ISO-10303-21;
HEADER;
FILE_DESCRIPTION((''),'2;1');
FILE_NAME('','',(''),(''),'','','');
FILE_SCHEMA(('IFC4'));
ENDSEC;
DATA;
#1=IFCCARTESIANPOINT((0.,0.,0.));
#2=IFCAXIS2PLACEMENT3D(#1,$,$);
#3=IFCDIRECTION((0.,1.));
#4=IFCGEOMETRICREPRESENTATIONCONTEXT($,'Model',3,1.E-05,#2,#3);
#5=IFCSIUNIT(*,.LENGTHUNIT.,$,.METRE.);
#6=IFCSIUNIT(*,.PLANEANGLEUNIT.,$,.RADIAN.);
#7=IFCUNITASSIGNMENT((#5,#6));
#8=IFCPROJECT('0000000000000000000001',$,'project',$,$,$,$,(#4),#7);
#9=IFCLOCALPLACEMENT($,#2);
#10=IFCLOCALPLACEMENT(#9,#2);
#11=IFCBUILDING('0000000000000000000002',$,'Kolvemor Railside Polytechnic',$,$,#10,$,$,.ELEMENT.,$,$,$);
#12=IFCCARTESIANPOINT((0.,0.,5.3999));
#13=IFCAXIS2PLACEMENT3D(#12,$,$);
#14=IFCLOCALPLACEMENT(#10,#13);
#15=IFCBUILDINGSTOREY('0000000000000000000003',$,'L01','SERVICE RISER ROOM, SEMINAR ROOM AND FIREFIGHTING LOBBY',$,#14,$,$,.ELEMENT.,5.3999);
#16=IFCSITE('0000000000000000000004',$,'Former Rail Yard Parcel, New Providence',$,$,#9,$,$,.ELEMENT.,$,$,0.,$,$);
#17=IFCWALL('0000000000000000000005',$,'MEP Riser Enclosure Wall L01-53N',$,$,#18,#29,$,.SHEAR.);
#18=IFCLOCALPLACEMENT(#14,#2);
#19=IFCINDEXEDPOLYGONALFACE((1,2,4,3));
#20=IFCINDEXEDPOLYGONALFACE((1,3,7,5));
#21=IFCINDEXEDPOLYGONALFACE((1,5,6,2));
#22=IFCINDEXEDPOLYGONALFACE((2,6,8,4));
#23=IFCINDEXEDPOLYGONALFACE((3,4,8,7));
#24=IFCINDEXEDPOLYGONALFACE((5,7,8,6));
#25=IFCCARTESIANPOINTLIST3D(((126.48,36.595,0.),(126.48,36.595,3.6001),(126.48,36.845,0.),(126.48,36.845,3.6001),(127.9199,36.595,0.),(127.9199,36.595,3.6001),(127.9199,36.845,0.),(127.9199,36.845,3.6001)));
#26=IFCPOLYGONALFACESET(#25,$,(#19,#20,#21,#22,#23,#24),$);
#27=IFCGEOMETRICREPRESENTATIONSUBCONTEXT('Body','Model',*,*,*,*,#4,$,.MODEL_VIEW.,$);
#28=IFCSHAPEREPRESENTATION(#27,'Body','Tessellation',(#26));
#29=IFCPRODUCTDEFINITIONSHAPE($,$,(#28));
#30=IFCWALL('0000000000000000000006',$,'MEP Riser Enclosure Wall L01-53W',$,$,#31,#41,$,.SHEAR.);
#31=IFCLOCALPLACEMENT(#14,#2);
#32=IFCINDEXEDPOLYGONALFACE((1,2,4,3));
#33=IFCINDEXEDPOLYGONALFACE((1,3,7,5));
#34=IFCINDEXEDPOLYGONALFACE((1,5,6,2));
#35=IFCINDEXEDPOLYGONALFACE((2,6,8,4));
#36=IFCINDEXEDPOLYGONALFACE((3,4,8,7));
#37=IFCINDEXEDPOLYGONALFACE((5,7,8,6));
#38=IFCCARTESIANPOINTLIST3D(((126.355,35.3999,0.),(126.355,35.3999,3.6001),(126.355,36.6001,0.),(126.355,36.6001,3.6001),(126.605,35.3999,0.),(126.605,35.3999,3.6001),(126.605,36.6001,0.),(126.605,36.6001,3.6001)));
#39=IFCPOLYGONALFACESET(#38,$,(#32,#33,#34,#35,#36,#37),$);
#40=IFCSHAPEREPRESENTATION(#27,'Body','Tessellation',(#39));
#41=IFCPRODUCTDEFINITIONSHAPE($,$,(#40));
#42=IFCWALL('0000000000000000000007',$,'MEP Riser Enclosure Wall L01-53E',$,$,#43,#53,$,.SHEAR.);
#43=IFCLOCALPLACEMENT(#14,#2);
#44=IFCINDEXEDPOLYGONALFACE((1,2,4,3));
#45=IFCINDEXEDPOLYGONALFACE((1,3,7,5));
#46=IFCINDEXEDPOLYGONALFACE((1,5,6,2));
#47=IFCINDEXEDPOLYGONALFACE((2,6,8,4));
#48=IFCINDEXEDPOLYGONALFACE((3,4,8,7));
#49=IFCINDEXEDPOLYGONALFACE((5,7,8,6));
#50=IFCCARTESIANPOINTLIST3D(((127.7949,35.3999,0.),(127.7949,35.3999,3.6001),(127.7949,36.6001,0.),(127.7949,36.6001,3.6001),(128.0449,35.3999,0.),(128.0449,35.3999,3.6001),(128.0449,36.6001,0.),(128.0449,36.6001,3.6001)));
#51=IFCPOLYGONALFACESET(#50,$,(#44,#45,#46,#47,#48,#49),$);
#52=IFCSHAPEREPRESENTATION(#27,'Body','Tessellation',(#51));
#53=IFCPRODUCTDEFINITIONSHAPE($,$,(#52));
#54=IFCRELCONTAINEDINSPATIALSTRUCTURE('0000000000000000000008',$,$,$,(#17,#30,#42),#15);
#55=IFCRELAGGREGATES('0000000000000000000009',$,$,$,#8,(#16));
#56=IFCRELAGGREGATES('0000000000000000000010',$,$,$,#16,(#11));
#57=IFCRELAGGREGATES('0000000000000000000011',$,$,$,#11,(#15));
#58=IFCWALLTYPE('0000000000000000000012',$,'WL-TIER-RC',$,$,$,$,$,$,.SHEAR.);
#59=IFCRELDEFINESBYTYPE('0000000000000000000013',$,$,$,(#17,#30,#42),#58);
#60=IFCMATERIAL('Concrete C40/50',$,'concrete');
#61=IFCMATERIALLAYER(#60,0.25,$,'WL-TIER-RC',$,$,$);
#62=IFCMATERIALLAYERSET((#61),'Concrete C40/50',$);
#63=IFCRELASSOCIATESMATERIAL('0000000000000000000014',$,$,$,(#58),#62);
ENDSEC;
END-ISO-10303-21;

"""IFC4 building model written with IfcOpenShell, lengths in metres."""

from ifc_helpers import new_model, si_unit, direction, frame, frame_2d, origin, place, context, subcontext, project, spatial, rectangle, extrude, material, layer, layer_set, type_object, element, save


model = new_model("IFC4")

# Units and contexts
model_context = context("Model", 3, precision=1e-05, world=origin(), true_north=direction((0.0, 1.0)))
body_context = subcontext(model_context, "Body", "Model", "MODEL_VIEW")
ifc_project = project(units=[si_unit("LENGTHUNIT", "METRE"), si_unit("PLANEANGLEUNIT", "RADIAN")], contexts=[model_context])

# Site, building, storey
site_placement = place(None, origin())
site = spatial("IfcSite", under=ifc_project, at=site_placement, Name="Former Rail Yard Parcel, New Providence", CompositionType="ELEMENT", RefElevation=0.0)
building_placement = place(site_placement, origin())
building = spatial("IfcBuilding", under=site, at=building_placement, Name="Kolvemor Railside Polytechnic", CompositionType="ELEMENT")
storey_placement = place(building_placement, frame((0.0, 0.0, 5.3999)))
storey = spatial("IfcBuildingStorey", under=building, at=storey_placement, Name="L01", Description="SERVICE RISER ROOM, SEMINAR ROOM AND FIREFIGHTING LOBBY", CompositionType="ELEMENT", Elevation=5.3999)

# Walls
ifc_material_1 = material(Name="Concrete C40/50", Category="concrete")
ifc_layer_1 = layer(ifc_material_1, 0.25, Name="WL-TIER-RC")
ifc_layer_set_1 = layer_set([ifc_layer_1], Name="Concrete C40/50")
wall_type_1 = type_object("IfcWallType", Name="WL-TIER-RC", PredefinedType="SHEAR", material=ifc_layer_set_1)
for number, where, z_axis, x_axis, name in (
    (1, (126.48, 36.72, 0.0), (0.0, 0.0, 1.0), (1.0, 0.0, 0.0), "MEP Riser Enclosure Wall L01-53N"),
):
    element("IfcWall", number, at=place(storey_placement, frame(where, z_axis=z_axis, x_axis=x_axis)), inside=storey, type_object=wall_type_1, Name=name, PredefinedType="SHEAR", context=body_context, shape_type="SweptSolid", body=[
        extrude(rectangle(XDim=1.4399, YDim=0.25, at=frame_2d((0.72, 0.0))), origin(), (0.0, 0.0, 1.0), 3.6001),
    ])
for number, where, z_axis, x_axis, name in (
    (2, (126.48, 35.3999, 0.0), (0.0, 0.0, 1.0), (0.0, 1.0, 0.0), "MEP Riser Enclosure Wall L01-53W"),
    (3, (127.9199, 35.3999, 0.0), (0.0, 0.0, 1.0), (0.0, 1.0, 0.0), "MEP Riser Enclosure Wall L01-53E"),
):
    element("IfcWall", number, at=place(storey_placement, frame(where, z_axis=z_axis, x_axis=x_axis)), inside=storey, type_object=wall_type_1, Name=name, PredefinedType="SHEAR", context=body_context, shape_type="SweptSolid", body=[
        extrude(rectangle(XDim=1.2002, YDim=0.25, at=frame_2d((0.6001, 0.0))), origin(), (0.0, 0.0, 1.0), 3.6001),
    ])

save(model, "model.ifc")
